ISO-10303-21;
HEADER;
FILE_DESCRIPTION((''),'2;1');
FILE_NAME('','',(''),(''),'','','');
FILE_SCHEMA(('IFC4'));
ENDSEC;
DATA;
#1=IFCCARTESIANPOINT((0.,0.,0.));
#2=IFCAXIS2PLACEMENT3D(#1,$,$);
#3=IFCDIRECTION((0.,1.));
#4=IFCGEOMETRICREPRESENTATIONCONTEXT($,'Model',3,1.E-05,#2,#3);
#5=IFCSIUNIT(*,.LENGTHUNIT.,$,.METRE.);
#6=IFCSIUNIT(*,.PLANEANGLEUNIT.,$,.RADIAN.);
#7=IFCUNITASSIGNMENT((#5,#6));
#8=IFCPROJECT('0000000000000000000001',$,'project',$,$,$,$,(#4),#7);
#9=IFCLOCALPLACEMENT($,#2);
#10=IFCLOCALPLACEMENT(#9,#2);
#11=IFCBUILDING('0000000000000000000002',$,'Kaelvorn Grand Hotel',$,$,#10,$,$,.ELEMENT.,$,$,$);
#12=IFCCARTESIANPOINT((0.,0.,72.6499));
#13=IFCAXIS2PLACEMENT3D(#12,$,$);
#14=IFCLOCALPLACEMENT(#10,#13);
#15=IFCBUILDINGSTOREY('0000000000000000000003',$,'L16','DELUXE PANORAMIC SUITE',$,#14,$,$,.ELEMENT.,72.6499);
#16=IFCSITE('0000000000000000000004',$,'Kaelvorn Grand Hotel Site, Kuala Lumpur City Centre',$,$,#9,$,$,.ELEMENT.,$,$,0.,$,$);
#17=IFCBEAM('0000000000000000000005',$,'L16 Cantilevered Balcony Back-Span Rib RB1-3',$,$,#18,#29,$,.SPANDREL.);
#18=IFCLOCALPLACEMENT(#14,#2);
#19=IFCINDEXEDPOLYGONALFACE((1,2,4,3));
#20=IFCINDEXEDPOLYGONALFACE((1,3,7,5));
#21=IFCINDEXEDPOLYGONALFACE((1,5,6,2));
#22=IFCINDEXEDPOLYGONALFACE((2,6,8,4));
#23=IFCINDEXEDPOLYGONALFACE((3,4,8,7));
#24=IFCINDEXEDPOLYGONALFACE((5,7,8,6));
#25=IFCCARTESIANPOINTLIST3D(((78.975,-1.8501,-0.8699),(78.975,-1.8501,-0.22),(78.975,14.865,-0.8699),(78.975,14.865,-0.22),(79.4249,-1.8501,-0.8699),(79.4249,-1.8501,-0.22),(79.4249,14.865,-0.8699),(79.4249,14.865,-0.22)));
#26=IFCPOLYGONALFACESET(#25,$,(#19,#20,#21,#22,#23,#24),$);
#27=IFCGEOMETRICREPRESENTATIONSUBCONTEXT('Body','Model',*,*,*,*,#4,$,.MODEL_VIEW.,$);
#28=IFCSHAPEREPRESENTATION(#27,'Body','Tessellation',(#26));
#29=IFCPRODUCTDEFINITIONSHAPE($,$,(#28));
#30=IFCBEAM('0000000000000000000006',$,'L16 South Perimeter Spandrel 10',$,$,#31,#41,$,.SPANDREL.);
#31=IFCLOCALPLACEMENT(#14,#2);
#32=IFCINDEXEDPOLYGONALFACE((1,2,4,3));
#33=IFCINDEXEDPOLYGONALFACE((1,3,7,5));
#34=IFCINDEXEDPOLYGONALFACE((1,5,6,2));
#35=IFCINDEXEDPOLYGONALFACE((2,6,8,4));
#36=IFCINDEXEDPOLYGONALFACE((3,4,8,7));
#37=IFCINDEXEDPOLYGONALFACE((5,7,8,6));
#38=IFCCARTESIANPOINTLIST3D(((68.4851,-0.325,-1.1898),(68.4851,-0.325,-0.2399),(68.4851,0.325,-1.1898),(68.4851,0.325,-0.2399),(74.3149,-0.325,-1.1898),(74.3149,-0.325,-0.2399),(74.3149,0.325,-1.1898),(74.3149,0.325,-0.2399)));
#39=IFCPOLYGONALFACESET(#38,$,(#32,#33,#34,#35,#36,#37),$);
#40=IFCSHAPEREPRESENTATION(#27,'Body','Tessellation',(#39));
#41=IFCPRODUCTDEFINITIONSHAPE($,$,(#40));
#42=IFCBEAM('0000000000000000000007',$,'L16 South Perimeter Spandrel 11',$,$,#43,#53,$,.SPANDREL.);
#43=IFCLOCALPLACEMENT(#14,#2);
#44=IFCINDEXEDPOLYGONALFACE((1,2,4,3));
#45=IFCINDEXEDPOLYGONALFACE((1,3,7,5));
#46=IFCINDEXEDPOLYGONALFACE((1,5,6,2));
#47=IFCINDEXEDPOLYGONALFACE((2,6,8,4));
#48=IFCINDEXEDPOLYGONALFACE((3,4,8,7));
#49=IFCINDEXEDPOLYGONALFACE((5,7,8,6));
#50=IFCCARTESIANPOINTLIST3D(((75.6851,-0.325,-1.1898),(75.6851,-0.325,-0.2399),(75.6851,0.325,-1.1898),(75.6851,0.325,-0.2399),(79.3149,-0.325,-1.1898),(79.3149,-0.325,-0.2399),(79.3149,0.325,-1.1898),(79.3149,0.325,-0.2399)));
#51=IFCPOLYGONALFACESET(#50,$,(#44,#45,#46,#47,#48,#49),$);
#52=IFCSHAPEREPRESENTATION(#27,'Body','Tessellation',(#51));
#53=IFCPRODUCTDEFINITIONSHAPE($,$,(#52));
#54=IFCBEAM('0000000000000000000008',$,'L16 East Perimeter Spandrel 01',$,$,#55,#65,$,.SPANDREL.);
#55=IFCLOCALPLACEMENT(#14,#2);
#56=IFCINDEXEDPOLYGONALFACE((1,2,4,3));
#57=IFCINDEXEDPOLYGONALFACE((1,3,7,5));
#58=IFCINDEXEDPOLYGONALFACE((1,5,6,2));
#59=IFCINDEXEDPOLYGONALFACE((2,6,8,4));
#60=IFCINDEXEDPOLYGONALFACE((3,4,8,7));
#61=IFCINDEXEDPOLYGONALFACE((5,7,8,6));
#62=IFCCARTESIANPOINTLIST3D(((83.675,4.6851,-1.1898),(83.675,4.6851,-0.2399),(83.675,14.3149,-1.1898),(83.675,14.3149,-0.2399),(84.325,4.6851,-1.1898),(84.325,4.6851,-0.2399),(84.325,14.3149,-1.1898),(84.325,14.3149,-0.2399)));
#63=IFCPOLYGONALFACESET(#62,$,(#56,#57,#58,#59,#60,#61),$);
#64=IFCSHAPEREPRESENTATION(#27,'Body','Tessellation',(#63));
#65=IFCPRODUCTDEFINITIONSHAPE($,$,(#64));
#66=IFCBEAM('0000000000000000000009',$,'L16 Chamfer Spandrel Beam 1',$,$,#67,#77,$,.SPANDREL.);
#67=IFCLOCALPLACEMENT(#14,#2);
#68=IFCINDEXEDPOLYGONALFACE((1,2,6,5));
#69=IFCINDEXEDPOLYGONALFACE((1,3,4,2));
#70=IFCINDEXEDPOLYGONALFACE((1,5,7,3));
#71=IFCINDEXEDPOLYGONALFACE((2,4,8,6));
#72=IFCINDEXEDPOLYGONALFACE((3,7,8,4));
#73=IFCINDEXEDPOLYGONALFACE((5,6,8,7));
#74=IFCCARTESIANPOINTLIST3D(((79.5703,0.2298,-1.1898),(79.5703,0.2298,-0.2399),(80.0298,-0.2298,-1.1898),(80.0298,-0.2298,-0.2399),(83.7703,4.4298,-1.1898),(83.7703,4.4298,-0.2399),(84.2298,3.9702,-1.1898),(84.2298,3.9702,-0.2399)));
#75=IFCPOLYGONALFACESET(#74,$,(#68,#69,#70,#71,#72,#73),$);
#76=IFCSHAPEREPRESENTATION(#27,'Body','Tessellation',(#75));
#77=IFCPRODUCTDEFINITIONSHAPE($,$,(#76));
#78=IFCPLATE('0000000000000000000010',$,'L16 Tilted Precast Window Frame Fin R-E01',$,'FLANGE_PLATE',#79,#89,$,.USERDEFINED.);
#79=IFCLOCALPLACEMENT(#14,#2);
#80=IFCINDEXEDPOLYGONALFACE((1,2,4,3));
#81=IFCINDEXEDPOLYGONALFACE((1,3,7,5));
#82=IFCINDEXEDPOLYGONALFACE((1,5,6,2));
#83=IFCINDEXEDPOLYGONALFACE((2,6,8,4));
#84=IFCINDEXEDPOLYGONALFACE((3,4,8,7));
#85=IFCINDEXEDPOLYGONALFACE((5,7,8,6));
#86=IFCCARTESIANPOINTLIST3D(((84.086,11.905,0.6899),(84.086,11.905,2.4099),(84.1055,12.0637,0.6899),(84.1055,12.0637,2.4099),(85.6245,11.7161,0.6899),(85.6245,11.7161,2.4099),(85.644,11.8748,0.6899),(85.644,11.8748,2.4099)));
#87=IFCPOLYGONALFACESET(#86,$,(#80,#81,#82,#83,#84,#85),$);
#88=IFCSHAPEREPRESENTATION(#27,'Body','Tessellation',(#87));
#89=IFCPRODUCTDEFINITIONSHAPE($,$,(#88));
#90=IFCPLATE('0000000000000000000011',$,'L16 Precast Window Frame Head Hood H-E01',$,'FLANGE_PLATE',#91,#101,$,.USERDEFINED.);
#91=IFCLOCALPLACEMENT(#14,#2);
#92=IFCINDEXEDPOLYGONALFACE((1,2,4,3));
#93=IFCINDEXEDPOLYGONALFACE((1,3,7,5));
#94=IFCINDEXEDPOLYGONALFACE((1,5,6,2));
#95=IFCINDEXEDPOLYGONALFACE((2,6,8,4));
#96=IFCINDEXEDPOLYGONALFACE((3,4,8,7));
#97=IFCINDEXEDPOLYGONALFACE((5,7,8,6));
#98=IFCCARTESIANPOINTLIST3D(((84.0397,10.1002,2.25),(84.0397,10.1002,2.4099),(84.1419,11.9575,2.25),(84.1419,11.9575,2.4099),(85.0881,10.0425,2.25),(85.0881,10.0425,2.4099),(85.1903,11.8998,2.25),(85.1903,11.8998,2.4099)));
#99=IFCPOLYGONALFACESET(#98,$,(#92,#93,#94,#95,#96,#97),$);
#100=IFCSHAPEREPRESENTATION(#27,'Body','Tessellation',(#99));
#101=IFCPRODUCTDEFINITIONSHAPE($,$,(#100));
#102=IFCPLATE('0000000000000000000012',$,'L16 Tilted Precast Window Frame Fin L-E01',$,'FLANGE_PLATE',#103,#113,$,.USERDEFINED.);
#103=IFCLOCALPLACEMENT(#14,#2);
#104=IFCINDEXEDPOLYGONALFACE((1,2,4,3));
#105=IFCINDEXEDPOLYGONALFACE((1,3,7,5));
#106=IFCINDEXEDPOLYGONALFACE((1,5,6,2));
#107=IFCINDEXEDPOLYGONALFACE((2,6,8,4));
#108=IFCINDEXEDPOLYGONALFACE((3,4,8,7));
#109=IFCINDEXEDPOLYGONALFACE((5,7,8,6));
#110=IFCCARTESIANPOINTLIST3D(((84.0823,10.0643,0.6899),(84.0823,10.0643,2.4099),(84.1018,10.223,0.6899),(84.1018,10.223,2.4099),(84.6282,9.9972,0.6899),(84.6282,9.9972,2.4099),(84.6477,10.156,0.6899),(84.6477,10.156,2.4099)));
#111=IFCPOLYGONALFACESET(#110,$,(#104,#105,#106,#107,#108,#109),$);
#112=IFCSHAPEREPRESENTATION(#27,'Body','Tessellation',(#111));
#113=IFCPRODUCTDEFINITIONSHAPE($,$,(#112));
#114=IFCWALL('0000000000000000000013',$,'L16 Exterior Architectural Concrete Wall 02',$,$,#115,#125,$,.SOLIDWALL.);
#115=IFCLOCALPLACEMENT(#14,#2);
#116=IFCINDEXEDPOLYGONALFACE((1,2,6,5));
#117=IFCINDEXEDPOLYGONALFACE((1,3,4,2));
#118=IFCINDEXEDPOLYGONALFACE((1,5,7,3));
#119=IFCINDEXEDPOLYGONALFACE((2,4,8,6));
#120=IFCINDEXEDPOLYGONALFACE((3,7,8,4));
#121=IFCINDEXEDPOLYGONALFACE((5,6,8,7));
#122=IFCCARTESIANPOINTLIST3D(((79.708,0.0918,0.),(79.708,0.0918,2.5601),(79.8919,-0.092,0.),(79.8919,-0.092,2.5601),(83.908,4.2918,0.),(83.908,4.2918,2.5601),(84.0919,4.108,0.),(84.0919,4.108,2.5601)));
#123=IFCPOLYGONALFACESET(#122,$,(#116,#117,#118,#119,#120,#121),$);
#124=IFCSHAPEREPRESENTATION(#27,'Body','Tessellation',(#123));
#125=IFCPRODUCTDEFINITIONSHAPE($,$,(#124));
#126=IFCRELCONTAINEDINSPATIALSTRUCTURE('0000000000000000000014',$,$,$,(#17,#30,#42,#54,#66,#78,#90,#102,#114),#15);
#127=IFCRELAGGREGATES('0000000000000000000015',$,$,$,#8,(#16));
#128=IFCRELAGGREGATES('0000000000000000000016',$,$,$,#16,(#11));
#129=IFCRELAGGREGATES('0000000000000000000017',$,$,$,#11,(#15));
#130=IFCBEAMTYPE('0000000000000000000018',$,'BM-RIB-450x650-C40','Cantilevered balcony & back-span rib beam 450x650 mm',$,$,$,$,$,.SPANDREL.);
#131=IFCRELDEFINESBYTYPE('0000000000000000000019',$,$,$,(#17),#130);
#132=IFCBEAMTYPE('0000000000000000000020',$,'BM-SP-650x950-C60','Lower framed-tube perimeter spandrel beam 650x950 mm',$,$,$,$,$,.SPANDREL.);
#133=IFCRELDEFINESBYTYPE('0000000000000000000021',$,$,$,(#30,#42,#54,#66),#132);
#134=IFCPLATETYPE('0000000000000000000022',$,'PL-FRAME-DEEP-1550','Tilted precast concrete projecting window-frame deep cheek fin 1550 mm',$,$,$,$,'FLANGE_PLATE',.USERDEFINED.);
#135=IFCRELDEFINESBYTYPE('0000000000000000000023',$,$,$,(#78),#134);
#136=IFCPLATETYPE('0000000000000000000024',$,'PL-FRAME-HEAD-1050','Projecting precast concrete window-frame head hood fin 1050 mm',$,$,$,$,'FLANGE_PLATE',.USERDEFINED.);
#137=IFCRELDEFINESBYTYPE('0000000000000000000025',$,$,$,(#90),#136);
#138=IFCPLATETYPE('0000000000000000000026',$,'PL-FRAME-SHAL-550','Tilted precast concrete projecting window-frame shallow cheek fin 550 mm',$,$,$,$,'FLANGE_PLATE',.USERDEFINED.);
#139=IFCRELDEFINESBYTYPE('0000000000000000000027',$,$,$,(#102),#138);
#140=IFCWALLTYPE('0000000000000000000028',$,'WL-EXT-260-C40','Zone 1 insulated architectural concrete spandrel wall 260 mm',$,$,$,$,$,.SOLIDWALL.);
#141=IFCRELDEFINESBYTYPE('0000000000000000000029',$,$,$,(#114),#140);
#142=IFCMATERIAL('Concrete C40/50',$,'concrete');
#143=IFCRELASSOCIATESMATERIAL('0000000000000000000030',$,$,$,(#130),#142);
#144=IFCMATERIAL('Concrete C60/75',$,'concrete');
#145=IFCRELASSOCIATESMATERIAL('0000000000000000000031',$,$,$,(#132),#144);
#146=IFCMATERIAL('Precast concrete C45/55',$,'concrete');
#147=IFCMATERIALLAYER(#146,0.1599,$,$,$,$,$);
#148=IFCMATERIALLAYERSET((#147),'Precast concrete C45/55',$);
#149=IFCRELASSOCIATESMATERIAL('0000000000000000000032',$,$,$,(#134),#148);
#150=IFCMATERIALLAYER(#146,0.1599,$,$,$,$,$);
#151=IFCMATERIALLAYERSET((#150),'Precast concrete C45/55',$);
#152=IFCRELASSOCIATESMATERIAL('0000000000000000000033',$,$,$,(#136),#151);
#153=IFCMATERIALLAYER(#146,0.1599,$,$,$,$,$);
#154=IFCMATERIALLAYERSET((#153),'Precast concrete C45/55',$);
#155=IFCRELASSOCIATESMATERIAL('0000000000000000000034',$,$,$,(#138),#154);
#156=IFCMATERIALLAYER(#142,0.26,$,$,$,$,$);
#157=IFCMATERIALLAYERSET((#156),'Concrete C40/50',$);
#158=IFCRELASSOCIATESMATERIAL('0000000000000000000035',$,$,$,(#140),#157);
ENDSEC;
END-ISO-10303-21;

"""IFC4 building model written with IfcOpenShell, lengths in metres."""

from ifc_helpers import new_model, si_unit, direction, frame, frame_2d, origin, origin_2d, place, context, subcontext, project, spatial, rectangle, extrude, material, layer, layer_set, material_profile, profile_set, type_object, element, save


model = new_model("IFC4")

# Units and contexts
model_context = context("Model", 3, precision=1e-05, world=origin(), true_north=direction((0.0, 1.0)))
body_context = subcontext(model_context, "Body", "Model", "MODEL_VIEW")
ifc_project = project(units=[si_unit("LENGTHUNIT", "METRE"), si_unit("PLANEANGLEUNIT", "RADIAN")], contexts=[model_context])

# Site, building, storey
site_placement = place(None, origin())
site = spatial("IfcSite", under=ifc_project, at=site_placement, Name="Kaelvorn Grand Hotel Site, Kuala Lumpur City Centre", CompositionType="ELEMENT", RefElevation=0.0)
building_placement = place(site_placement, origin())
building = spatial("IfcBuilding", under=site, at=building_placement, Name="Kaelvorn Grand Hotel", CompositionType="ELEMENT")
storey_placement = place(building_placement, frame((0.0, 0.0, 72.6499)))
storey = spatial("IfcBuildingStorey", under=building, at=storey_placement, Name="L16", Description="DELUXE PANORAMIC SUITE", CompositionType="ELEMENT", Elevation=72.6499)

# Beams
ifc_material_1 = material(Name="Concrete C40/50", Category="concrete")
ifc_material_profile_1 = material_profile(ifc_material_1, rectangle(XDim=0.45, YDim=0.6499, at=origin_2d()), Name="RC RIB 450x650")
ifc_profile_set_1 = profile_set([ifc_material_profile_1], Name="Concrete C40/50")
beam_type_1 = type_object("IfcBeamType", Name="BM-RIB-450x650-C40", Description="Cantilevered balcony & back-span rib beam 450x650 mm", PredefinedType="SPANDREL", material=ifc_profile_set_1)
beam_1_placement = place(storey_placement, frame((79.2, -1.8501, -0.5449), z_axis=(0.0, 1.0, 0.0), x_axis=(-1.0, 0.0, 0.0)))
element("IfcBeam", 1, at=beam_1_placement, inside=storey, type_object=beam_type_1, Name="L16 Cantilevered Balcony Back-Span Rib RB1-3", PredefinedType="SPANDREL", context=body_context, shape_type="SweptSolid", body=[
    extrude(rectangle(XDim=0.45, YDim=0.6499, at=origin_2d()), origin(), (0.0, 0.0, 1.0), 16.7151),
])
ifc_material_2 = material(Name="Concrete C60/75", Category="concrete")
ifc_material_profile_2 = material_profile(ifc_material_2, rectangle(XDim=0.6499, YDim=0.95, at=origin_2d()), Name="RC SPANDREL 650x950")
ifc_profile_set_2 = profile_set([ifc_material_profile_2], Name="Concrete C60/75")
beam_type_2 = type_object("IfcBeamType", Name="BM-SP-650x950-C60", Description="Lower framed-tube perimeter spandrel beam 650x950 mm", PredefinedType="SPANDREL", material=ifc_profile_set_2)
beam_2_placement = place(storey_placement, frame((68.4851, 0.0, -0.7148), z_axis=(1.0, 0.0, 0.0), x_axis=(0.0, 1.0, 0.0)))
element("IfcBeam", 2, at=beam_2_placement, inside=storey, type_object=beam_type_2, Name="L16 South Perimeter Spandrel 10", PredefinedType="SPANDREL", context=body_context, shape_type="SweptSolid", body=[
    extrude(rectangle(XDim=0.6499, YDim=0.95, at=origin_2d()), origin(), (0.0, 0.0, 1.0), 5.8298),
])
beam_3_placement = place(storey_placement, frame((75.6851, 0.0, -0.7148), z_axis=(1.0, 0.0, 0.0), x_axis=(0.0, 1.0, 0.0)))
element("IfcBeam", 3, at=beam_3_placement, inside=storey, type_object=beam_type_2, Name="L16 South Perimeter Spandrel 11", PredefinedType="SPANDREL", context=body_context, shape_type="SweptSolid", body=[
    extrude(rectangle(XDim=0.6499, YDim=0.95, at=origin_2d()), origin(), (0.0, 0.0, 1.0), 3.6299),
])
beam_4_placement = place(storey_placement, frame((84.0, 4.6851, -0.7148), z_axis=(0.0, 1.0, 0.0), x_axis=(-1.0, 0.0, 0.0)))
element("IfcBeam", 4, at=beam_4_placement, inside=storey, type_object=beam_type_2, Name="L16 East Perimeter Spandrel 01", PredefinedType="SPANDREL", context=body_context, shape_type="SweptSolid", body=[
    extrude(rectangle(XDim=0.6499, YDim=0.95, at=origin_2d()), origin(), (0.0, 0.0, 1.0), 9.6299),
])
beam_5_placement = place(storey_placement, frame((79.8, 0.0, -0.7148), z_axis=(0.707107, 0.707107, 0.0), x_axis=(-0.707107, 0.707107, 0.0)))
element("IfcBeam", 5, at=beam_5_placement, inside=storey, type_object=beam_type_2, Name="L16 Chamfer Spandrel Beam 1", PredefinedType="SPANDREL", context=body_context, shape_type="SweptSolid", body=[
    extrude(rectangle(XDim=0.6499, YDim=0.95, at=origin_2d()), origin(), (0.0, 0.0, 1.0), 5.9397),
])

# Plates
ifc_material_3 = material(Name="Precast concrete C45/55", Category="concrete")
ifc_layer_1 = layer(ifc_material_3, 0.1599)
ifc_layer_set_1 = layer_set([ifc_layer_1], Name="Precast concrete C45/55")
plate_type_1 = type_object("IfcPlateType", Name="PL-FRAME-DEEP-1550", Description="Tilted precast concrete projecting window-frame deep cheek fin 1550 mm", ElementType="FLANGE_PLATE", PredefinedType="USERDEFINED", material=ifc_layer_set_1)
plate_1_placement = place(storey_placement, frame((84.865, 11.8899, 0.6899), z_axis=(0.0, 0.0, 1.0), x_axis=(0.121869, 0.992546, 0.0)))
element("IfcPlate", 6, at=plate_1_placement, inside=storey, type_object=plate_type_1, Name="L16 Tilted Precast Window Frame Fin R-E01", ObjectType="FLANGE_PLATE", PredefinedType="USERDEFINED", context=body_context, shape_type="SweptSolid", body=[
    extrude(rectangle(XDim=0.1599, YDim=1.55, at=origin_2d()), origin(), (0.0, 0.0, 1.0), 1.72),
])
ifc_layer_2 = layer(ifc_material_3, 0.1599)
ifc_layer_set_2 = layer_set([ifc_layer_2], Name="Precast concrete C45/55")
plate_type_2 = type_object("IfcPlateType", Name="PL-FRAME-HEAD-1050", Description="Projecting precast concrete window-frame head hood fin 1050 mm", ElementType="FLANGE_PLATE", PredefinedType="USERDEFINED", material=ifc_layer_set_2)
plate_2_placement = place(storey_placement, frame((84.615, 11.0, 2.25), z_axis=(0.0, 0.0, 1.0), x_axis=(0.05495, 0.998489, 0.0)))
element("IfcPlate", 7, at=plate_2_placement, inside=storey, type_object=plate_type_2, Name="L16 Precast Window Frame Head Hood H-E01", ObjectType="FLANGE_PLATE", PredefinedType="USERDEFINED", context=body_context, shape_type="SweptSolid", body=[
    extrude(rectangle(XDim=1.8601, YDim=1.05, at=origin_2d()), origin(), (0.0, 0.0, 1.0), 0.1599),
])
ifc_layer_3 = layer(ifc_material_3, 0.1599)
ifc_layer_set_3 = layer_set([ifc_layer_3], Name="Precast concrete C45/55")
plate_type_3 = type_object("IfcPlateType", Name="PL-FRAME-SHAL-550", Description="Tilted precast concrete projecting window-frame shallow cheek fin 550 mm", ElementType="FLANGE_PLATE", PredefinedType="USERDEFINED", material=ifc_layer_set_3)
plate_3_placement = place(storey_placement, frame((84.365, 10.1101, 0.6899), z_axis=(0.0, 0.0, 1.0), x_axis=(0.121869, 0.992546, 0.0)))
element("IfcPlate", 8, at=plate_3_placement, inside=storey, type_object=plate_type_3, Name="L16 Tilted Precast Window Frame Fin L-E01", ObjectType="FLANGE_PLATE", PredefinedType="USERDEFINED", context=body_context, shape_type="SweptSolid", body=[
    extrude(rectangle(XDim=0.1599, YDim=0.55, at=origin_2d()), origin(), (0.0, 0.0, 1.0), 1.72),
])

# Wall
ifc_layer_4 = layer(ifc_material_1, 0.26)
ifc_layer_set_4 = layer_set([ifc_layer_4], Name="Concrete C40/50")
wall_type_1 = type_object("IfcWallType", Name="WL-EXT-260-C40", Description="Zone 1 insulated architectural concrete spandrel wall 260 mm", PredefinedType="SOLIDWALL", material=ifc_layer_set_4)
wall_1_placement = place(storey_placement, frame((79.8, 0.0, 0.0), z_axis=(0.0, 0.0, 1.0), x_axis=(0.707107, 0.707107, 0.0)))
element("IfcWall", 9, at=wall_1_placement, inside=storey, type_object=wall_type_1, Name="L16 Exterior Architectural Concrete Wall 02", PredefinedType="SOLIDWALL", context=body_context, shape_type="SweptSolid", body=[
    extrude(rectangle(XDim=5.9397, YDim=0.26, at=frame_2d((2.9697, 0.0))), origin(), (0.0, 0.0, 1.0), 2.5601),
])

save(model, "model.ifc")
